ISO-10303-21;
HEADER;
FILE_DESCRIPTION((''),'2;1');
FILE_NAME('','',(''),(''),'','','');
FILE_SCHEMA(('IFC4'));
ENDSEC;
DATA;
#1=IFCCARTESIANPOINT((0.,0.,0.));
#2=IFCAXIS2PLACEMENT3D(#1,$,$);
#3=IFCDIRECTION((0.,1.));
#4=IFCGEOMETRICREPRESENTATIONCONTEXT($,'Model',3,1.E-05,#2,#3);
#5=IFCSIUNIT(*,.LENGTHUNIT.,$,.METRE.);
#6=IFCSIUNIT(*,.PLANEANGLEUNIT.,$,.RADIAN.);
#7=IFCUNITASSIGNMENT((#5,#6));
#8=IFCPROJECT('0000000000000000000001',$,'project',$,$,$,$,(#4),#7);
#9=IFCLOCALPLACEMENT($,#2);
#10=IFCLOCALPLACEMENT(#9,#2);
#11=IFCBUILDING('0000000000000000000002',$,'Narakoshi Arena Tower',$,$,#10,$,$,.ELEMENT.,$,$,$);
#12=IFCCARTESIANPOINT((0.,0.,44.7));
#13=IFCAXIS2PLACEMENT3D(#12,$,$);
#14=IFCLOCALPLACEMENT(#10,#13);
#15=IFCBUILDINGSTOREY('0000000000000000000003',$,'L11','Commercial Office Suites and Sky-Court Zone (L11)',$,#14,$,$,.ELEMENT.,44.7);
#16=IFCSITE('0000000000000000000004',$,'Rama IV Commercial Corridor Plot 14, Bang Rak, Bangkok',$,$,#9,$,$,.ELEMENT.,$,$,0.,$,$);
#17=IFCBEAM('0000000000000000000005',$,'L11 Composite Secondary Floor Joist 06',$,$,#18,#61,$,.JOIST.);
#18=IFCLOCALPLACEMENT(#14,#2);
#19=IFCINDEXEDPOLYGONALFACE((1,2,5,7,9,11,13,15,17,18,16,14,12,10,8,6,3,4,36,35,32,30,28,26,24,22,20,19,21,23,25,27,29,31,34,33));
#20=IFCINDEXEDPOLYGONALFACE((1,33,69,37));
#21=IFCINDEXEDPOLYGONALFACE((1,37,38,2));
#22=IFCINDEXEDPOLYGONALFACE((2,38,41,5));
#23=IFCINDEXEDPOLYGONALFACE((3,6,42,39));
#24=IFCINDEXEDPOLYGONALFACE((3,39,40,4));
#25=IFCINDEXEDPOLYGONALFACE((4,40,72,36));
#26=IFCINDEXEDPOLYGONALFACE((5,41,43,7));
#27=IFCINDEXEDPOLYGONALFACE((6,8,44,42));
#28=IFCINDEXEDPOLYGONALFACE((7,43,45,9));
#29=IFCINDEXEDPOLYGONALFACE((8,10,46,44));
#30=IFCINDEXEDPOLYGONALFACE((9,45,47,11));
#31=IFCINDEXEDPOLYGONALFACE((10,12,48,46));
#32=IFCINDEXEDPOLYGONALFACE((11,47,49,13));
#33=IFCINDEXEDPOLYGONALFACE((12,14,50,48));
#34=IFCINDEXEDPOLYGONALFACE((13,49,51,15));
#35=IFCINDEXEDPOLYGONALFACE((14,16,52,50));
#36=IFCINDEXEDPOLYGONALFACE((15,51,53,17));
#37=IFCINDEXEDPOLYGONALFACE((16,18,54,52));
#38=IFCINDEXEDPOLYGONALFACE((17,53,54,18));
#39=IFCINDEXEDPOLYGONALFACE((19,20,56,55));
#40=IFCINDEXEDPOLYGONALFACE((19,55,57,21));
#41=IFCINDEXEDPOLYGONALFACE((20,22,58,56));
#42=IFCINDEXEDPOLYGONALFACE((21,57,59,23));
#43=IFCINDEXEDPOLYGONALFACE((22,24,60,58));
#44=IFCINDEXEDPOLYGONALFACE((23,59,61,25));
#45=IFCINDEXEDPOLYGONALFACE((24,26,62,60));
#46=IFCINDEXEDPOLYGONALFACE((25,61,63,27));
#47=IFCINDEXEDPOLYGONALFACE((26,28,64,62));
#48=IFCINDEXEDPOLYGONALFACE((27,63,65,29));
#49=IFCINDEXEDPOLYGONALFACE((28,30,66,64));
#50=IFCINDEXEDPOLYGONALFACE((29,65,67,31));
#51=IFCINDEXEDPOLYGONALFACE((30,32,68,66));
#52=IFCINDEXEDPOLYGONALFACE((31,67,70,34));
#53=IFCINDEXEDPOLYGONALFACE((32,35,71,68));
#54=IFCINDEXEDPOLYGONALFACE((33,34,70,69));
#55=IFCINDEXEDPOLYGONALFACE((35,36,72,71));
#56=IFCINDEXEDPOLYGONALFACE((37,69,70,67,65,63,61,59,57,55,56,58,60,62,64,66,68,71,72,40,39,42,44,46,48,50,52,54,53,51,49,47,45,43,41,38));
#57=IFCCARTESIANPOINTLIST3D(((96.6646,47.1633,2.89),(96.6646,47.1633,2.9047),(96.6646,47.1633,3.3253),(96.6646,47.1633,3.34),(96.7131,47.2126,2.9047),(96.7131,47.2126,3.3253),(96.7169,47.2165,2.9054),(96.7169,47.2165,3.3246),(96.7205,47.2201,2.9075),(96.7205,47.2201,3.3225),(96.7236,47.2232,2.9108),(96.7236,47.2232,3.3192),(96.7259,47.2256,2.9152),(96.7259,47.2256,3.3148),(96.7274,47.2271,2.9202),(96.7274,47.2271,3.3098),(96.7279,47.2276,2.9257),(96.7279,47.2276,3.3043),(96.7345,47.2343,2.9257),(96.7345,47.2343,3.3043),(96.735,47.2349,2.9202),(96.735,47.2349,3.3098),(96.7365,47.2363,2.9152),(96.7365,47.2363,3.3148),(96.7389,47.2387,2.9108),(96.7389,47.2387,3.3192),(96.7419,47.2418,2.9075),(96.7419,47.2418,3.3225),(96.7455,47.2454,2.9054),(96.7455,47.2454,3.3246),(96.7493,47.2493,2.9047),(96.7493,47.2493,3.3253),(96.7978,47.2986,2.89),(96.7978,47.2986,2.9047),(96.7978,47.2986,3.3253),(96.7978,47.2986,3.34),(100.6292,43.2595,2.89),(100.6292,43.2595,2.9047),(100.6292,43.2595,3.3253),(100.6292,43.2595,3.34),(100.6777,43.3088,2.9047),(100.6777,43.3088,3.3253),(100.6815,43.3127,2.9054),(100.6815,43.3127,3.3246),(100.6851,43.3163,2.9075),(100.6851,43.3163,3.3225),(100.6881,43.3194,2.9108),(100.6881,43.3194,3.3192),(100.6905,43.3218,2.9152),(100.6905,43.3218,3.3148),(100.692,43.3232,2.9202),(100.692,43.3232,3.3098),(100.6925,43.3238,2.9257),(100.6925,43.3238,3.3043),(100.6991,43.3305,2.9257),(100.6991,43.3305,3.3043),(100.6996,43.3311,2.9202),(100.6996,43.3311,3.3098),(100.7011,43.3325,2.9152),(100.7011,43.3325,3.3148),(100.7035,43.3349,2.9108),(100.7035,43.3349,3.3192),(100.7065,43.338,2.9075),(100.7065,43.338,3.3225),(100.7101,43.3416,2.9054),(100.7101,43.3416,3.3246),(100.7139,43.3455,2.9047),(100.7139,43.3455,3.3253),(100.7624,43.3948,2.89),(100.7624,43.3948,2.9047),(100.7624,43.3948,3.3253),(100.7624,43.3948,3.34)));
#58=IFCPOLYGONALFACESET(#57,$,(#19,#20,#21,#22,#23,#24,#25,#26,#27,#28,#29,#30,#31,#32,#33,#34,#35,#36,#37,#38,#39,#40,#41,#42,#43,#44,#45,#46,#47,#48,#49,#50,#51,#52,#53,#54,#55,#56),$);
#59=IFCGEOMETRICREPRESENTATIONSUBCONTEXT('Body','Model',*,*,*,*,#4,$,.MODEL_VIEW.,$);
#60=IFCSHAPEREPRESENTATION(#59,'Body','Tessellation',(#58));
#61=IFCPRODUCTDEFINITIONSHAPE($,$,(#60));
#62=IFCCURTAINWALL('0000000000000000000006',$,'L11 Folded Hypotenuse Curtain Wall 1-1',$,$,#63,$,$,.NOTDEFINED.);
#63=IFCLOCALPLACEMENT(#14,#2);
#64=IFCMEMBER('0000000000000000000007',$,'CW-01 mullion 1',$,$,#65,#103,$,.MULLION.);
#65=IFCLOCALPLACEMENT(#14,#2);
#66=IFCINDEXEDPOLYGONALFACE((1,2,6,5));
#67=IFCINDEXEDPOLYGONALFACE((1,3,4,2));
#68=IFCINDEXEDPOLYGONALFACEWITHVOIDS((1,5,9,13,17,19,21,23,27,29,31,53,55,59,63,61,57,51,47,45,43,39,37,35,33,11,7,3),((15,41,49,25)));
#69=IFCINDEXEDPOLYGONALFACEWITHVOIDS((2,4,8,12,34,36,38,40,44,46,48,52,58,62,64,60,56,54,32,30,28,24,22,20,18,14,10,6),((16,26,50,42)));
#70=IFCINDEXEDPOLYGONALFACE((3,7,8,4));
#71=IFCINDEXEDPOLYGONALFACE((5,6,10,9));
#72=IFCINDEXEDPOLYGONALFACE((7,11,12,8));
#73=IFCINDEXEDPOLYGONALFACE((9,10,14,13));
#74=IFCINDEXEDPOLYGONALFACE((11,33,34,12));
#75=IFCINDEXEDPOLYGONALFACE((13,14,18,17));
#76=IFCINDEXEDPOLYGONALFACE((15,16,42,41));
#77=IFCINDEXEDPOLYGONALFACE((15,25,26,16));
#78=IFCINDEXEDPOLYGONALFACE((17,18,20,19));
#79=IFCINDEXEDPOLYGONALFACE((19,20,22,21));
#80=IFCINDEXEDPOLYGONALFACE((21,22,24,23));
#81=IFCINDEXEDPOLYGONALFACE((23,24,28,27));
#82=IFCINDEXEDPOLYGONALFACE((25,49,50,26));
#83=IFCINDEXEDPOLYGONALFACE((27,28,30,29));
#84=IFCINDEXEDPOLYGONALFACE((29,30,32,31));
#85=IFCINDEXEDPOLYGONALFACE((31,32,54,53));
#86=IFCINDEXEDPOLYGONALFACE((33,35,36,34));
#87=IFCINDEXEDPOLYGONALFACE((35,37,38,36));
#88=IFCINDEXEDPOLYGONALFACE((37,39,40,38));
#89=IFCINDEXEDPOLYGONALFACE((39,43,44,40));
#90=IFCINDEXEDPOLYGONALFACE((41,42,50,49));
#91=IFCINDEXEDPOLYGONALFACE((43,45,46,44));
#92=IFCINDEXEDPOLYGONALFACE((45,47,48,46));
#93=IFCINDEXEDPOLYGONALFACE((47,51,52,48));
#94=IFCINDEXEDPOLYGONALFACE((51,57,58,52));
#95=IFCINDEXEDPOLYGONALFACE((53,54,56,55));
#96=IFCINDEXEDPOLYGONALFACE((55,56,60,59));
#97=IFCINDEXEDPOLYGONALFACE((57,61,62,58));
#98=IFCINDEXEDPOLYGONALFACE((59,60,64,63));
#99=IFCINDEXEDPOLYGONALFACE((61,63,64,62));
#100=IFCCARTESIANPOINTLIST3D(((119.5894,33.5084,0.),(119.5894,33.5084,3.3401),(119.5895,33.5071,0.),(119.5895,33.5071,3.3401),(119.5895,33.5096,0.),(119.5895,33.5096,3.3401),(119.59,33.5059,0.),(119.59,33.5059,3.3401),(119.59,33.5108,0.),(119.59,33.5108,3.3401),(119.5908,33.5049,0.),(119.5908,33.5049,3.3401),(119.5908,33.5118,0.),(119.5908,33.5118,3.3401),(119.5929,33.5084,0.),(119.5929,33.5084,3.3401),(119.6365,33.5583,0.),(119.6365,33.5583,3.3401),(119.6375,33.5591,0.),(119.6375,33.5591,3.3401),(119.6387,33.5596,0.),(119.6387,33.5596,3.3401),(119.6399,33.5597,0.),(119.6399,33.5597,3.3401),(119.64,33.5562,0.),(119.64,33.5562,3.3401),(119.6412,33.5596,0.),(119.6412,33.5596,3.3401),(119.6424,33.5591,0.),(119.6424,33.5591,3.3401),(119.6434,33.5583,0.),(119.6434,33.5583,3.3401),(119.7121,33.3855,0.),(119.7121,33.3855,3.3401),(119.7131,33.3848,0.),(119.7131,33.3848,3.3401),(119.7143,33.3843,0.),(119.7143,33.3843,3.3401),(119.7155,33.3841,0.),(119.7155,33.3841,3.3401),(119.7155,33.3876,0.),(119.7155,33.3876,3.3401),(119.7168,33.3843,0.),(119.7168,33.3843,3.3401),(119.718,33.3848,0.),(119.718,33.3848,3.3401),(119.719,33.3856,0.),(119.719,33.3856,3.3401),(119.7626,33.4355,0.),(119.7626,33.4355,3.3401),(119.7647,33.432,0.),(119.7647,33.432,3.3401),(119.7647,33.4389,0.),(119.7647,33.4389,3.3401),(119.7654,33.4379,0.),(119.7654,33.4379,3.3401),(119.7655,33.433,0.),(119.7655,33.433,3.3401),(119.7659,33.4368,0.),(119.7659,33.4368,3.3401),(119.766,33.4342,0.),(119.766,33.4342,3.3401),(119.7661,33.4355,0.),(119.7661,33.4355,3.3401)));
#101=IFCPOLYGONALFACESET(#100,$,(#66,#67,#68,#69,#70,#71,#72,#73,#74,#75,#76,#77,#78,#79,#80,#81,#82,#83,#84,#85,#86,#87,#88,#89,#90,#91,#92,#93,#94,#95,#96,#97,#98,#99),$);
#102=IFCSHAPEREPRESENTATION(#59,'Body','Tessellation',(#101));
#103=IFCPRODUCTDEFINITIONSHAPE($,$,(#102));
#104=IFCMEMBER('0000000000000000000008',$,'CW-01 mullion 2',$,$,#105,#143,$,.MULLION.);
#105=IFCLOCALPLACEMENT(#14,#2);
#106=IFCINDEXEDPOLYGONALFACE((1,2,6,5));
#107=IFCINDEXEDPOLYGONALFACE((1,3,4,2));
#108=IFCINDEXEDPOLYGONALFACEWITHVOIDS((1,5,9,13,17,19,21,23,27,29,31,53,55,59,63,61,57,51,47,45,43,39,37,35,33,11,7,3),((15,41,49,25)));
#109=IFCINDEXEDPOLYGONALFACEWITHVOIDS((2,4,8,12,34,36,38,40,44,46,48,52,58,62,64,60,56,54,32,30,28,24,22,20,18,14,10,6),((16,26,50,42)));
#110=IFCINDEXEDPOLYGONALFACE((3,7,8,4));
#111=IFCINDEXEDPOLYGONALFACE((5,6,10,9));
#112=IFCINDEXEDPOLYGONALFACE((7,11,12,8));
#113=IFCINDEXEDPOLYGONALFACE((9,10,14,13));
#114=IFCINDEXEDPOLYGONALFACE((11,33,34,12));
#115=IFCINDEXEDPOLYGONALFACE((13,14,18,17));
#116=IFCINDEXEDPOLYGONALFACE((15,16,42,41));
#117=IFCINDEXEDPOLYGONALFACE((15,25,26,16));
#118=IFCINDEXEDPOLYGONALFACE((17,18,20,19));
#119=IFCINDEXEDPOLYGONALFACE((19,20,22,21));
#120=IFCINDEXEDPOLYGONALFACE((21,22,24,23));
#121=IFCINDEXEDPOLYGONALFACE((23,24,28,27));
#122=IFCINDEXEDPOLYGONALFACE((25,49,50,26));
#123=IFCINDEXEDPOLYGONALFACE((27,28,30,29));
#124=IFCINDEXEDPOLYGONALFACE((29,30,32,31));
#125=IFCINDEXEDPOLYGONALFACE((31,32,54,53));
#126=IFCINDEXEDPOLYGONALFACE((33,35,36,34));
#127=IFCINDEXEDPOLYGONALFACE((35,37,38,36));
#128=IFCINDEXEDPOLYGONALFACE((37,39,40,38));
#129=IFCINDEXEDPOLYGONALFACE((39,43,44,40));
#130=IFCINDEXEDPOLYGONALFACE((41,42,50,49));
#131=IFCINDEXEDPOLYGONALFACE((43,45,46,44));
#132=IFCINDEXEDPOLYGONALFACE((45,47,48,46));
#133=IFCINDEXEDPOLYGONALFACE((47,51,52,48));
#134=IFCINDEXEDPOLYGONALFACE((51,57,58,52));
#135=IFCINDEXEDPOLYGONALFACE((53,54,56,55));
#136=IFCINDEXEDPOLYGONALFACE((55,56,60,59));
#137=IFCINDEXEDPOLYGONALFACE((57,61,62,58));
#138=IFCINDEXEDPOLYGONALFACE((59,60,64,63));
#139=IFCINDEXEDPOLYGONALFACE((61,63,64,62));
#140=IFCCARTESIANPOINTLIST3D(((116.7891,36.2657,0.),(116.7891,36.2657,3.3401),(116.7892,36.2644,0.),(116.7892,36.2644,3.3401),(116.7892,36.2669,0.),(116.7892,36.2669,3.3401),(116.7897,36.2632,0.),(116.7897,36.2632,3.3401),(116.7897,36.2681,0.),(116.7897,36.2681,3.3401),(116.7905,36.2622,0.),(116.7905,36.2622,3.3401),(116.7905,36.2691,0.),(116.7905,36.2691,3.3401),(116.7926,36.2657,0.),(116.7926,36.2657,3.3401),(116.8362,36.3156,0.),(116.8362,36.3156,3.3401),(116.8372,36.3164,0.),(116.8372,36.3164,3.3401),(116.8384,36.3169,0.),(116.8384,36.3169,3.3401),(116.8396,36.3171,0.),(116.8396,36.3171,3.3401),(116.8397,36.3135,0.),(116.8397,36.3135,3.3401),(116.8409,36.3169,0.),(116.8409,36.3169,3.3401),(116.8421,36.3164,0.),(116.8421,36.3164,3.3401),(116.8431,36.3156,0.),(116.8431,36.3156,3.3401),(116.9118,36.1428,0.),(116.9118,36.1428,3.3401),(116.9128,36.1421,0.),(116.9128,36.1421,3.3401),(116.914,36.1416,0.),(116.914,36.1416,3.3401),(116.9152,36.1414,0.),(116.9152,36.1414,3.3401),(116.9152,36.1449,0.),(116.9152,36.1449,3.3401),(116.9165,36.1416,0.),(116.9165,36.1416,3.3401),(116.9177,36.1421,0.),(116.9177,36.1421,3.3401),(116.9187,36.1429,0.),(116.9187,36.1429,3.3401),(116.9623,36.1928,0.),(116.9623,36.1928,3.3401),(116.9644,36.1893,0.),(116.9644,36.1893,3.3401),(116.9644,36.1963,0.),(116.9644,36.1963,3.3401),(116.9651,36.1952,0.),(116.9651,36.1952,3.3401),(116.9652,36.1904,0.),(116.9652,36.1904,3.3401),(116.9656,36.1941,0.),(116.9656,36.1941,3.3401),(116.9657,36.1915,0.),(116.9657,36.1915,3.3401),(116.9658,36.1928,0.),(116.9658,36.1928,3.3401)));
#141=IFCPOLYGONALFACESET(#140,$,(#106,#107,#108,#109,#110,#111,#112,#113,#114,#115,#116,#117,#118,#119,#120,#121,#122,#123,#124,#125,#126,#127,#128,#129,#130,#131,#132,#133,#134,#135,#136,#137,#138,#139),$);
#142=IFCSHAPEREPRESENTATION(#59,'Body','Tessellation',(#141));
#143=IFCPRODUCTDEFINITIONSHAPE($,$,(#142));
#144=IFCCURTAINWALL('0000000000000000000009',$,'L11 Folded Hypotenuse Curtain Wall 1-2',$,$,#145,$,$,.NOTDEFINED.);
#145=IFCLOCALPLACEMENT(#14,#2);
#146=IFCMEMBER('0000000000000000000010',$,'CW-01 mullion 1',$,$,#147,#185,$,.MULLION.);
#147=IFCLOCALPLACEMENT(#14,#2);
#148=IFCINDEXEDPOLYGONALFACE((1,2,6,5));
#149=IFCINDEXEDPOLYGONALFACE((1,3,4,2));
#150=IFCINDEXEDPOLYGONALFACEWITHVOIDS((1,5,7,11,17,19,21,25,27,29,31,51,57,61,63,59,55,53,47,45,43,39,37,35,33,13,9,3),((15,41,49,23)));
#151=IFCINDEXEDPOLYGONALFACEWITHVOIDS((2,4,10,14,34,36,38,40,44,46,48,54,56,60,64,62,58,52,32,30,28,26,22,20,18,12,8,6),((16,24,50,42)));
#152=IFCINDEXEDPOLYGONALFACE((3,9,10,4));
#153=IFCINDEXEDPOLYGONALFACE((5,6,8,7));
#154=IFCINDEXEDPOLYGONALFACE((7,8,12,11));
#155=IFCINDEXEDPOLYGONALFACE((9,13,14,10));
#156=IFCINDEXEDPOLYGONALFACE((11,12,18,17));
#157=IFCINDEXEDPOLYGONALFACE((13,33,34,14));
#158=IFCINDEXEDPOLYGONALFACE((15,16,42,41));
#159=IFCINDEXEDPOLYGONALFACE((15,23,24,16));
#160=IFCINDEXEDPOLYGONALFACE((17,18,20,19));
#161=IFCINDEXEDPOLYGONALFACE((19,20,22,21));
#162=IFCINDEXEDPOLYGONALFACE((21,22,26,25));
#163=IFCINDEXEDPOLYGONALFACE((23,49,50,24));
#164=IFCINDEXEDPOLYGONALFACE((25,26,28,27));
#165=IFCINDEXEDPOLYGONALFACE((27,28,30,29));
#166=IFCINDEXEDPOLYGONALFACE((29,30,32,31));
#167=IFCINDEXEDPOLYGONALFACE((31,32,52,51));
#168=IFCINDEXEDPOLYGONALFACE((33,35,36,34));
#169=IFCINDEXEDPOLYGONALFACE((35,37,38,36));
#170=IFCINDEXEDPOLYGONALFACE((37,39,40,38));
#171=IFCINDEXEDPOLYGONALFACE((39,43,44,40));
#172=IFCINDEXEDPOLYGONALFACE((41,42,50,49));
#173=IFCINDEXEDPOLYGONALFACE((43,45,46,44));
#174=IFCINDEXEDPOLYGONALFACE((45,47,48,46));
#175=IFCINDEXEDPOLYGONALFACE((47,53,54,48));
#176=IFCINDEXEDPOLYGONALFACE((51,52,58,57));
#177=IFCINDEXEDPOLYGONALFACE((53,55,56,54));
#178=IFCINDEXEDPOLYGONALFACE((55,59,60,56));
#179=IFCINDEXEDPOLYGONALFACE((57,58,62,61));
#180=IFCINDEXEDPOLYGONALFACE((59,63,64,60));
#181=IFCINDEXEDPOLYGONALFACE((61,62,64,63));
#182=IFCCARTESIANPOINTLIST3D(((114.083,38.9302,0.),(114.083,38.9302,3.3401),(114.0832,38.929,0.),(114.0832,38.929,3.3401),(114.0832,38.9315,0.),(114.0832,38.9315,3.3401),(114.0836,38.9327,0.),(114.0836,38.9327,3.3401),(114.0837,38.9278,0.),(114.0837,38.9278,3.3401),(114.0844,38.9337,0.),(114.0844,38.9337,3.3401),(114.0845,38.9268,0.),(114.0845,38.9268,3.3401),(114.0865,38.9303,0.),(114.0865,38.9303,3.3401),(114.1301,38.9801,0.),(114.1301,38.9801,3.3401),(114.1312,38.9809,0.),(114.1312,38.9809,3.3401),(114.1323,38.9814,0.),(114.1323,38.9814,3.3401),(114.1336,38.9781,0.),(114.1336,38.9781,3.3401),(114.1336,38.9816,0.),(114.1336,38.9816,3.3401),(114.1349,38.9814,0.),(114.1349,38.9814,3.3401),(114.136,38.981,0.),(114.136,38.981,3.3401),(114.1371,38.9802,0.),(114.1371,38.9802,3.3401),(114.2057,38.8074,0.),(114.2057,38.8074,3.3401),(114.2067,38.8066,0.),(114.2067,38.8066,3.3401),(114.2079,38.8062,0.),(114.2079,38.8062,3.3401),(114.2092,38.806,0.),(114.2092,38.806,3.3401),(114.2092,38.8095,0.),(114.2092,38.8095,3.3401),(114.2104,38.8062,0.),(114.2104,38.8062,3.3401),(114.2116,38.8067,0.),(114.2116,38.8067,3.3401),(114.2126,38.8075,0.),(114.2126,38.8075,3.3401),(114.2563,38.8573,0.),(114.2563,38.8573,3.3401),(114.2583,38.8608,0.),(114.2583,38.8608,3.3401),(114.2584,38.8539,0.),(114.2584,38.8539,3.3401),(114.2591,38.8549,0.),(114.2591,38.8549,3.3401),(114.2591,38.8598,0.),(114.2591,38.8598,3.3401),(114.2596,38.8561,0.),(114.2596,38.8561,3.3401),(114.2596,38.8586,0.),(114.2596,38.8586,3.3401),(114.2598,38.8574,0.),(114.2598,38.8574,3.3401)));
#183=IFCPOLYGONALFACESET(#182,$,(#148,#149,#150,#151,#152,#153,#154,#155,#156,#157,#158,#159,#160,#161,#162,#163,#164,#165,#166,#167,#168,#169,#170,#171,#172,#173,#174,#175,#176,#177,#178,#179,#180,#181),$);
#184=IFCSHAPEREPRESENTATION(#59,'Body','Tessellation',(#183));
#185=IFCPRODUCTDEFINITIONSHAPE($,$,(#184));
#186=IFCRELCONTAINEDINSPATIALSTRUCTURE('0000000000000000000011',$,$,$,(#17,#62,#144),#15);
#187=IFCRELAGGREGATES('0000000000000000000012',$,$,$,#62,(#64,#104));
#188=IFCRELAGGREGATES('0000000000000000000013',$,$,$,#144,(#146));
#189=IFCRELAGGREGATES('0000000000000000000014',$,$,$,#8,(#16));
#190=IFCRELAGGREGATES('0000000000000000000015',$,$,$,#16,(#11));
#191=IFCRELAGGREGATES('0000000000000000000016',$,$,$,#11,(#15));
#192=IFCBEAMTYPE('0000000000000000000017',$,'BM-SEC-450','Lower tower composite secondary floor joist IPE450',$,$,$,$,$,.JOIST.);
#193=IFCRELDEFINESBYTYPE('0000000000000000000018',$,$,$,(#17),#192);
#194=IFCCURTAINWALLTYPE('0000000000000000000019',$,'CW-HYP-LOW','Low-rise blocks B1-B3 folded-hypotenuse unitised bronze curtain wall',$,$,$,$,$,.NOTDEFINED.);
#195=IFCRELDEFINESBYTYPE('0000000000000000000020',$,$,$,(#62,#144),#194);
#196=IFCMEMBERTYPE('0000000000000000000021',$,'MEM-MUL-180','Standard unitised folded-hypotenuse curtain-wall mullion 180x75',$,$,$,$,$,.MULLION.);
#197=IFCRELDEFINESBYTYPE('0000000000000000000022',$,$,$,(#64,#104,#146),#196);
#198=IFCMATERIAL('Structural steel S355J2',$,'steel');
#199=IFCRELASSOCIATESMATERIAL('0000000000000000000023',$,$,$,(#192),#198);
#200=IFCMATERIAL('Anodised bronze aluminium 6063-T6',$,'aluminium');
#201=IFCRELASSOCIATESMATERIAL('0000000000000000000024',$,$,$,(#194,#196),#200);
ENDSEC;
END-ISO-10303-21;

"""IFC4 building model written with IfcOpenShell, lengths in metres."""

from ifc_helpers import new_model, si_unit, direction, frame, origin, origin_2d, place, context, subcontext, project, spatial, hollow_rectangle, i_section, extrude, material, material_profile, profile_set, type_object, element, aggregate, save


model = new_model("IFC4")

# Units and contexts
model_context = context("Model", 3, precision=1e-05, world=origin(), true_north=direction((0.0, 1.0)))
body_context = subcontext(model_context, "Body", "Model", "MODEL_VIEW")
ifc_project = project(units=[si_unit("LENGTHUNIT", "METRE"), si_unit("PLANEANGLEUNIT", "RADIAN")], contexts=[model_context])

# Site, building, storey
site_placement = place(None, origin())
site = spatial("IfcSite", under=ifc_project, at=site_placement, Name="Rama IV Commercial Corridor Plot 14, Bang Rak, Bangkok", CompositionType="ELEMENT", RefElevation=0.0)
building_placement = place(site_placement, origin())
building = spatial("IfcBuilding", under=site, at=building_placement, Name="Narakoshi Arena Tower", CompositionType="ELEMENT")
storey_placement = place(building_placement, frame((0.0, 0.0, 44.7)))
storey = spatial("IfcBuildingStorey", under=building, at=storey_placement, Name="L11", Description="Commercial Office Suites and Sky-Court Zone (L11)", CompositionType="ELEMENT", Elevation=44.7)

# Beam
ifc_material_1 = material(Name="Structural steel S355J2", Category="steel")
ifc_material_profile_1 = material_profile(ifc_material_1, i_section(OverallWidth=0.1899, OverallDepth=0.45, WebThickness=0.0095, FlangeThickness=0.0146, FilletRadius=0.021, at=origin_2d()), Name="IPE450")
ifc_profile_set_1 = profile_set([ifc_material_profile_1], Name="Structural steel S355J2")
beam_type_1 = type_object("IfcBeamType", Name="BM-SEC-450", Description="Lower tower composite secondary floor joist IPE450", PredefinedType="JOIST", material=ifc_profile_set_1)
beam_1_placement = place(storey_placement, frame((100.6958, 43.3271, 3.115), z_axis=(-0.712549, 0.701623, 0.0), x_axis=(-0.701623, -0.712549, 0.0)))
element("IfcBeam", 1, at=beam_1_placement, inside=storey, type_object=beam_type_1, Name="L11 Composite Secondary Floor Joist 06", PredefinedType="JOIST", context=body_context, shape_type="SweptSolid", body=[
    extrude(i_section(OverallWidth=0.1899, OverallDepth=0.45, WebThickness=0.0095, FlangeThickness=0.0146, FilletRadius=0.021, at=origin_2d()), origin(), (0.0, 0.0, 1.0), 5.564),
])

# Curtain walls, members
ifc_material_2 = material(Name="Anodised bronze aluminium 6063-T6", Category="aluminium")
curtain_wall_type = type_object("IfcCurtainWallType", Name="CW-HYP-LOW", Description="Low-rise blocks B1-B3 folded-hypotenuse unitised bronze curtain wall", PredefinedType="NOTDEFINED", material=ifc_material_2)
curtain_wall_1_placement = place(storey_placement, origin())
curtain_wall_1 = element("IfcCurtainWall", 2, at=curtain_wall_1_placement, inside=storey, type_object=curtain_wall_type, Name="L11 Folded Hypotenuse Curtain Wall 1-1", PredefinedType="NOTDEFINED")
ifc_material_profile_2 = material_profile(ifc_material_2, hollow_rectangle(XDim=0.075, YDim=0.1799, WallThickness=0.0039, OuterFilletRadius=0.0049, at=origin_2d()), Name="MUL180x75x4")
ifc_profile_set_2 = profile_set([ifc_material_profile_2], Name="Anodised bronze aluminium 6063-T6")
member_type_1 = type_object("IfcMemberType", Name="MEM-MUL-180", Description="Standard unitised folded-hypotenuse curtain-wall mullion 180x75", PredefinedType="MULLION", material=ifc_profile_set_2)
member_1_placement = place(storey_placement, frame((119.6777, 33.4719, 0.0), z_axis=(0.0, 0.0, 1.0), x_axis=(-0.70163, -0.712541, 0.0)))
member_1 = element("IfcMember", 3, at=member_1_placement, type_object=member_type_1, Name="CW-01 mullion 1", PredefinedType="MULLION", context=body_context, shape_type="SweptSolid", body=[
    extrude(hollow_rectangle(XDim=0.075, YDim=0.1799, WallThickness=0.0039, OuterFilletRadius=0.0049, at=origin_2d()), origin(), (0.0, 0.0, 1.0), 3.3401),
])
member_2_placement = place(storey_placement, frame((116.8774, 36.2292, 0.0), z_axis=(0.0, 0.0, 1.0), x_axis=(-0.70163, -0.712541, 0.0)))
member_2 = element("IfcMember", 4, at=member_2_placement, type_object=member_type_1, Name="CW-01 mullion 2", PredefinedType="MULLION", context=body_context, shape_type="SweptSolid", body=[
    extrude(hollow_rectangle(XDim=0.075, YDim=0.1799, WallThickness=0.0039, OuterFilletRadius=0.0049, at=origin_2d()), origin(), (0.0, 0.0, 1.0), 3.3401),
])
curtain_wall_2_placement = place(storey_placement, origin())
curtain_wall_2 = element("IfcCurtainWall", 5, at=curtain_wall_2_placement, inside=storey, type_object=curtain_wall_type, Name="L11 Folded Hypotenuse Curtain Wall 1-2", PredefinedType="NOTDEFINED")
member_3_placement = place(storey_placement, frame((114.1714, 38.8938, 0.0), z_axis=(0.0, 0.0, 1.0), x_axis=(-0.701623, -0.712548, 0.0)))
member_3 = element("IfcMember", 6, at=member_3_placement, type_object=member_type_1, Name="CW-01 mullion 1", PredefinedType="MULLION", context=body_context, shape_type="SweptSolid", body=[
    extrude(hollow_rectangle(XDim=0.075, YDim=0.1799, WallThickness=0.0039, OuterFilletRadius=0.0049, at=origin_2d()), origin(), (0.0, 0.0, 1.0), 3.3401),
])

aggregate(curtain_wall_1, [member_1, member_2])
aggregate(curtain_wall_2, [member_3])

save(model, "model.ifc")
